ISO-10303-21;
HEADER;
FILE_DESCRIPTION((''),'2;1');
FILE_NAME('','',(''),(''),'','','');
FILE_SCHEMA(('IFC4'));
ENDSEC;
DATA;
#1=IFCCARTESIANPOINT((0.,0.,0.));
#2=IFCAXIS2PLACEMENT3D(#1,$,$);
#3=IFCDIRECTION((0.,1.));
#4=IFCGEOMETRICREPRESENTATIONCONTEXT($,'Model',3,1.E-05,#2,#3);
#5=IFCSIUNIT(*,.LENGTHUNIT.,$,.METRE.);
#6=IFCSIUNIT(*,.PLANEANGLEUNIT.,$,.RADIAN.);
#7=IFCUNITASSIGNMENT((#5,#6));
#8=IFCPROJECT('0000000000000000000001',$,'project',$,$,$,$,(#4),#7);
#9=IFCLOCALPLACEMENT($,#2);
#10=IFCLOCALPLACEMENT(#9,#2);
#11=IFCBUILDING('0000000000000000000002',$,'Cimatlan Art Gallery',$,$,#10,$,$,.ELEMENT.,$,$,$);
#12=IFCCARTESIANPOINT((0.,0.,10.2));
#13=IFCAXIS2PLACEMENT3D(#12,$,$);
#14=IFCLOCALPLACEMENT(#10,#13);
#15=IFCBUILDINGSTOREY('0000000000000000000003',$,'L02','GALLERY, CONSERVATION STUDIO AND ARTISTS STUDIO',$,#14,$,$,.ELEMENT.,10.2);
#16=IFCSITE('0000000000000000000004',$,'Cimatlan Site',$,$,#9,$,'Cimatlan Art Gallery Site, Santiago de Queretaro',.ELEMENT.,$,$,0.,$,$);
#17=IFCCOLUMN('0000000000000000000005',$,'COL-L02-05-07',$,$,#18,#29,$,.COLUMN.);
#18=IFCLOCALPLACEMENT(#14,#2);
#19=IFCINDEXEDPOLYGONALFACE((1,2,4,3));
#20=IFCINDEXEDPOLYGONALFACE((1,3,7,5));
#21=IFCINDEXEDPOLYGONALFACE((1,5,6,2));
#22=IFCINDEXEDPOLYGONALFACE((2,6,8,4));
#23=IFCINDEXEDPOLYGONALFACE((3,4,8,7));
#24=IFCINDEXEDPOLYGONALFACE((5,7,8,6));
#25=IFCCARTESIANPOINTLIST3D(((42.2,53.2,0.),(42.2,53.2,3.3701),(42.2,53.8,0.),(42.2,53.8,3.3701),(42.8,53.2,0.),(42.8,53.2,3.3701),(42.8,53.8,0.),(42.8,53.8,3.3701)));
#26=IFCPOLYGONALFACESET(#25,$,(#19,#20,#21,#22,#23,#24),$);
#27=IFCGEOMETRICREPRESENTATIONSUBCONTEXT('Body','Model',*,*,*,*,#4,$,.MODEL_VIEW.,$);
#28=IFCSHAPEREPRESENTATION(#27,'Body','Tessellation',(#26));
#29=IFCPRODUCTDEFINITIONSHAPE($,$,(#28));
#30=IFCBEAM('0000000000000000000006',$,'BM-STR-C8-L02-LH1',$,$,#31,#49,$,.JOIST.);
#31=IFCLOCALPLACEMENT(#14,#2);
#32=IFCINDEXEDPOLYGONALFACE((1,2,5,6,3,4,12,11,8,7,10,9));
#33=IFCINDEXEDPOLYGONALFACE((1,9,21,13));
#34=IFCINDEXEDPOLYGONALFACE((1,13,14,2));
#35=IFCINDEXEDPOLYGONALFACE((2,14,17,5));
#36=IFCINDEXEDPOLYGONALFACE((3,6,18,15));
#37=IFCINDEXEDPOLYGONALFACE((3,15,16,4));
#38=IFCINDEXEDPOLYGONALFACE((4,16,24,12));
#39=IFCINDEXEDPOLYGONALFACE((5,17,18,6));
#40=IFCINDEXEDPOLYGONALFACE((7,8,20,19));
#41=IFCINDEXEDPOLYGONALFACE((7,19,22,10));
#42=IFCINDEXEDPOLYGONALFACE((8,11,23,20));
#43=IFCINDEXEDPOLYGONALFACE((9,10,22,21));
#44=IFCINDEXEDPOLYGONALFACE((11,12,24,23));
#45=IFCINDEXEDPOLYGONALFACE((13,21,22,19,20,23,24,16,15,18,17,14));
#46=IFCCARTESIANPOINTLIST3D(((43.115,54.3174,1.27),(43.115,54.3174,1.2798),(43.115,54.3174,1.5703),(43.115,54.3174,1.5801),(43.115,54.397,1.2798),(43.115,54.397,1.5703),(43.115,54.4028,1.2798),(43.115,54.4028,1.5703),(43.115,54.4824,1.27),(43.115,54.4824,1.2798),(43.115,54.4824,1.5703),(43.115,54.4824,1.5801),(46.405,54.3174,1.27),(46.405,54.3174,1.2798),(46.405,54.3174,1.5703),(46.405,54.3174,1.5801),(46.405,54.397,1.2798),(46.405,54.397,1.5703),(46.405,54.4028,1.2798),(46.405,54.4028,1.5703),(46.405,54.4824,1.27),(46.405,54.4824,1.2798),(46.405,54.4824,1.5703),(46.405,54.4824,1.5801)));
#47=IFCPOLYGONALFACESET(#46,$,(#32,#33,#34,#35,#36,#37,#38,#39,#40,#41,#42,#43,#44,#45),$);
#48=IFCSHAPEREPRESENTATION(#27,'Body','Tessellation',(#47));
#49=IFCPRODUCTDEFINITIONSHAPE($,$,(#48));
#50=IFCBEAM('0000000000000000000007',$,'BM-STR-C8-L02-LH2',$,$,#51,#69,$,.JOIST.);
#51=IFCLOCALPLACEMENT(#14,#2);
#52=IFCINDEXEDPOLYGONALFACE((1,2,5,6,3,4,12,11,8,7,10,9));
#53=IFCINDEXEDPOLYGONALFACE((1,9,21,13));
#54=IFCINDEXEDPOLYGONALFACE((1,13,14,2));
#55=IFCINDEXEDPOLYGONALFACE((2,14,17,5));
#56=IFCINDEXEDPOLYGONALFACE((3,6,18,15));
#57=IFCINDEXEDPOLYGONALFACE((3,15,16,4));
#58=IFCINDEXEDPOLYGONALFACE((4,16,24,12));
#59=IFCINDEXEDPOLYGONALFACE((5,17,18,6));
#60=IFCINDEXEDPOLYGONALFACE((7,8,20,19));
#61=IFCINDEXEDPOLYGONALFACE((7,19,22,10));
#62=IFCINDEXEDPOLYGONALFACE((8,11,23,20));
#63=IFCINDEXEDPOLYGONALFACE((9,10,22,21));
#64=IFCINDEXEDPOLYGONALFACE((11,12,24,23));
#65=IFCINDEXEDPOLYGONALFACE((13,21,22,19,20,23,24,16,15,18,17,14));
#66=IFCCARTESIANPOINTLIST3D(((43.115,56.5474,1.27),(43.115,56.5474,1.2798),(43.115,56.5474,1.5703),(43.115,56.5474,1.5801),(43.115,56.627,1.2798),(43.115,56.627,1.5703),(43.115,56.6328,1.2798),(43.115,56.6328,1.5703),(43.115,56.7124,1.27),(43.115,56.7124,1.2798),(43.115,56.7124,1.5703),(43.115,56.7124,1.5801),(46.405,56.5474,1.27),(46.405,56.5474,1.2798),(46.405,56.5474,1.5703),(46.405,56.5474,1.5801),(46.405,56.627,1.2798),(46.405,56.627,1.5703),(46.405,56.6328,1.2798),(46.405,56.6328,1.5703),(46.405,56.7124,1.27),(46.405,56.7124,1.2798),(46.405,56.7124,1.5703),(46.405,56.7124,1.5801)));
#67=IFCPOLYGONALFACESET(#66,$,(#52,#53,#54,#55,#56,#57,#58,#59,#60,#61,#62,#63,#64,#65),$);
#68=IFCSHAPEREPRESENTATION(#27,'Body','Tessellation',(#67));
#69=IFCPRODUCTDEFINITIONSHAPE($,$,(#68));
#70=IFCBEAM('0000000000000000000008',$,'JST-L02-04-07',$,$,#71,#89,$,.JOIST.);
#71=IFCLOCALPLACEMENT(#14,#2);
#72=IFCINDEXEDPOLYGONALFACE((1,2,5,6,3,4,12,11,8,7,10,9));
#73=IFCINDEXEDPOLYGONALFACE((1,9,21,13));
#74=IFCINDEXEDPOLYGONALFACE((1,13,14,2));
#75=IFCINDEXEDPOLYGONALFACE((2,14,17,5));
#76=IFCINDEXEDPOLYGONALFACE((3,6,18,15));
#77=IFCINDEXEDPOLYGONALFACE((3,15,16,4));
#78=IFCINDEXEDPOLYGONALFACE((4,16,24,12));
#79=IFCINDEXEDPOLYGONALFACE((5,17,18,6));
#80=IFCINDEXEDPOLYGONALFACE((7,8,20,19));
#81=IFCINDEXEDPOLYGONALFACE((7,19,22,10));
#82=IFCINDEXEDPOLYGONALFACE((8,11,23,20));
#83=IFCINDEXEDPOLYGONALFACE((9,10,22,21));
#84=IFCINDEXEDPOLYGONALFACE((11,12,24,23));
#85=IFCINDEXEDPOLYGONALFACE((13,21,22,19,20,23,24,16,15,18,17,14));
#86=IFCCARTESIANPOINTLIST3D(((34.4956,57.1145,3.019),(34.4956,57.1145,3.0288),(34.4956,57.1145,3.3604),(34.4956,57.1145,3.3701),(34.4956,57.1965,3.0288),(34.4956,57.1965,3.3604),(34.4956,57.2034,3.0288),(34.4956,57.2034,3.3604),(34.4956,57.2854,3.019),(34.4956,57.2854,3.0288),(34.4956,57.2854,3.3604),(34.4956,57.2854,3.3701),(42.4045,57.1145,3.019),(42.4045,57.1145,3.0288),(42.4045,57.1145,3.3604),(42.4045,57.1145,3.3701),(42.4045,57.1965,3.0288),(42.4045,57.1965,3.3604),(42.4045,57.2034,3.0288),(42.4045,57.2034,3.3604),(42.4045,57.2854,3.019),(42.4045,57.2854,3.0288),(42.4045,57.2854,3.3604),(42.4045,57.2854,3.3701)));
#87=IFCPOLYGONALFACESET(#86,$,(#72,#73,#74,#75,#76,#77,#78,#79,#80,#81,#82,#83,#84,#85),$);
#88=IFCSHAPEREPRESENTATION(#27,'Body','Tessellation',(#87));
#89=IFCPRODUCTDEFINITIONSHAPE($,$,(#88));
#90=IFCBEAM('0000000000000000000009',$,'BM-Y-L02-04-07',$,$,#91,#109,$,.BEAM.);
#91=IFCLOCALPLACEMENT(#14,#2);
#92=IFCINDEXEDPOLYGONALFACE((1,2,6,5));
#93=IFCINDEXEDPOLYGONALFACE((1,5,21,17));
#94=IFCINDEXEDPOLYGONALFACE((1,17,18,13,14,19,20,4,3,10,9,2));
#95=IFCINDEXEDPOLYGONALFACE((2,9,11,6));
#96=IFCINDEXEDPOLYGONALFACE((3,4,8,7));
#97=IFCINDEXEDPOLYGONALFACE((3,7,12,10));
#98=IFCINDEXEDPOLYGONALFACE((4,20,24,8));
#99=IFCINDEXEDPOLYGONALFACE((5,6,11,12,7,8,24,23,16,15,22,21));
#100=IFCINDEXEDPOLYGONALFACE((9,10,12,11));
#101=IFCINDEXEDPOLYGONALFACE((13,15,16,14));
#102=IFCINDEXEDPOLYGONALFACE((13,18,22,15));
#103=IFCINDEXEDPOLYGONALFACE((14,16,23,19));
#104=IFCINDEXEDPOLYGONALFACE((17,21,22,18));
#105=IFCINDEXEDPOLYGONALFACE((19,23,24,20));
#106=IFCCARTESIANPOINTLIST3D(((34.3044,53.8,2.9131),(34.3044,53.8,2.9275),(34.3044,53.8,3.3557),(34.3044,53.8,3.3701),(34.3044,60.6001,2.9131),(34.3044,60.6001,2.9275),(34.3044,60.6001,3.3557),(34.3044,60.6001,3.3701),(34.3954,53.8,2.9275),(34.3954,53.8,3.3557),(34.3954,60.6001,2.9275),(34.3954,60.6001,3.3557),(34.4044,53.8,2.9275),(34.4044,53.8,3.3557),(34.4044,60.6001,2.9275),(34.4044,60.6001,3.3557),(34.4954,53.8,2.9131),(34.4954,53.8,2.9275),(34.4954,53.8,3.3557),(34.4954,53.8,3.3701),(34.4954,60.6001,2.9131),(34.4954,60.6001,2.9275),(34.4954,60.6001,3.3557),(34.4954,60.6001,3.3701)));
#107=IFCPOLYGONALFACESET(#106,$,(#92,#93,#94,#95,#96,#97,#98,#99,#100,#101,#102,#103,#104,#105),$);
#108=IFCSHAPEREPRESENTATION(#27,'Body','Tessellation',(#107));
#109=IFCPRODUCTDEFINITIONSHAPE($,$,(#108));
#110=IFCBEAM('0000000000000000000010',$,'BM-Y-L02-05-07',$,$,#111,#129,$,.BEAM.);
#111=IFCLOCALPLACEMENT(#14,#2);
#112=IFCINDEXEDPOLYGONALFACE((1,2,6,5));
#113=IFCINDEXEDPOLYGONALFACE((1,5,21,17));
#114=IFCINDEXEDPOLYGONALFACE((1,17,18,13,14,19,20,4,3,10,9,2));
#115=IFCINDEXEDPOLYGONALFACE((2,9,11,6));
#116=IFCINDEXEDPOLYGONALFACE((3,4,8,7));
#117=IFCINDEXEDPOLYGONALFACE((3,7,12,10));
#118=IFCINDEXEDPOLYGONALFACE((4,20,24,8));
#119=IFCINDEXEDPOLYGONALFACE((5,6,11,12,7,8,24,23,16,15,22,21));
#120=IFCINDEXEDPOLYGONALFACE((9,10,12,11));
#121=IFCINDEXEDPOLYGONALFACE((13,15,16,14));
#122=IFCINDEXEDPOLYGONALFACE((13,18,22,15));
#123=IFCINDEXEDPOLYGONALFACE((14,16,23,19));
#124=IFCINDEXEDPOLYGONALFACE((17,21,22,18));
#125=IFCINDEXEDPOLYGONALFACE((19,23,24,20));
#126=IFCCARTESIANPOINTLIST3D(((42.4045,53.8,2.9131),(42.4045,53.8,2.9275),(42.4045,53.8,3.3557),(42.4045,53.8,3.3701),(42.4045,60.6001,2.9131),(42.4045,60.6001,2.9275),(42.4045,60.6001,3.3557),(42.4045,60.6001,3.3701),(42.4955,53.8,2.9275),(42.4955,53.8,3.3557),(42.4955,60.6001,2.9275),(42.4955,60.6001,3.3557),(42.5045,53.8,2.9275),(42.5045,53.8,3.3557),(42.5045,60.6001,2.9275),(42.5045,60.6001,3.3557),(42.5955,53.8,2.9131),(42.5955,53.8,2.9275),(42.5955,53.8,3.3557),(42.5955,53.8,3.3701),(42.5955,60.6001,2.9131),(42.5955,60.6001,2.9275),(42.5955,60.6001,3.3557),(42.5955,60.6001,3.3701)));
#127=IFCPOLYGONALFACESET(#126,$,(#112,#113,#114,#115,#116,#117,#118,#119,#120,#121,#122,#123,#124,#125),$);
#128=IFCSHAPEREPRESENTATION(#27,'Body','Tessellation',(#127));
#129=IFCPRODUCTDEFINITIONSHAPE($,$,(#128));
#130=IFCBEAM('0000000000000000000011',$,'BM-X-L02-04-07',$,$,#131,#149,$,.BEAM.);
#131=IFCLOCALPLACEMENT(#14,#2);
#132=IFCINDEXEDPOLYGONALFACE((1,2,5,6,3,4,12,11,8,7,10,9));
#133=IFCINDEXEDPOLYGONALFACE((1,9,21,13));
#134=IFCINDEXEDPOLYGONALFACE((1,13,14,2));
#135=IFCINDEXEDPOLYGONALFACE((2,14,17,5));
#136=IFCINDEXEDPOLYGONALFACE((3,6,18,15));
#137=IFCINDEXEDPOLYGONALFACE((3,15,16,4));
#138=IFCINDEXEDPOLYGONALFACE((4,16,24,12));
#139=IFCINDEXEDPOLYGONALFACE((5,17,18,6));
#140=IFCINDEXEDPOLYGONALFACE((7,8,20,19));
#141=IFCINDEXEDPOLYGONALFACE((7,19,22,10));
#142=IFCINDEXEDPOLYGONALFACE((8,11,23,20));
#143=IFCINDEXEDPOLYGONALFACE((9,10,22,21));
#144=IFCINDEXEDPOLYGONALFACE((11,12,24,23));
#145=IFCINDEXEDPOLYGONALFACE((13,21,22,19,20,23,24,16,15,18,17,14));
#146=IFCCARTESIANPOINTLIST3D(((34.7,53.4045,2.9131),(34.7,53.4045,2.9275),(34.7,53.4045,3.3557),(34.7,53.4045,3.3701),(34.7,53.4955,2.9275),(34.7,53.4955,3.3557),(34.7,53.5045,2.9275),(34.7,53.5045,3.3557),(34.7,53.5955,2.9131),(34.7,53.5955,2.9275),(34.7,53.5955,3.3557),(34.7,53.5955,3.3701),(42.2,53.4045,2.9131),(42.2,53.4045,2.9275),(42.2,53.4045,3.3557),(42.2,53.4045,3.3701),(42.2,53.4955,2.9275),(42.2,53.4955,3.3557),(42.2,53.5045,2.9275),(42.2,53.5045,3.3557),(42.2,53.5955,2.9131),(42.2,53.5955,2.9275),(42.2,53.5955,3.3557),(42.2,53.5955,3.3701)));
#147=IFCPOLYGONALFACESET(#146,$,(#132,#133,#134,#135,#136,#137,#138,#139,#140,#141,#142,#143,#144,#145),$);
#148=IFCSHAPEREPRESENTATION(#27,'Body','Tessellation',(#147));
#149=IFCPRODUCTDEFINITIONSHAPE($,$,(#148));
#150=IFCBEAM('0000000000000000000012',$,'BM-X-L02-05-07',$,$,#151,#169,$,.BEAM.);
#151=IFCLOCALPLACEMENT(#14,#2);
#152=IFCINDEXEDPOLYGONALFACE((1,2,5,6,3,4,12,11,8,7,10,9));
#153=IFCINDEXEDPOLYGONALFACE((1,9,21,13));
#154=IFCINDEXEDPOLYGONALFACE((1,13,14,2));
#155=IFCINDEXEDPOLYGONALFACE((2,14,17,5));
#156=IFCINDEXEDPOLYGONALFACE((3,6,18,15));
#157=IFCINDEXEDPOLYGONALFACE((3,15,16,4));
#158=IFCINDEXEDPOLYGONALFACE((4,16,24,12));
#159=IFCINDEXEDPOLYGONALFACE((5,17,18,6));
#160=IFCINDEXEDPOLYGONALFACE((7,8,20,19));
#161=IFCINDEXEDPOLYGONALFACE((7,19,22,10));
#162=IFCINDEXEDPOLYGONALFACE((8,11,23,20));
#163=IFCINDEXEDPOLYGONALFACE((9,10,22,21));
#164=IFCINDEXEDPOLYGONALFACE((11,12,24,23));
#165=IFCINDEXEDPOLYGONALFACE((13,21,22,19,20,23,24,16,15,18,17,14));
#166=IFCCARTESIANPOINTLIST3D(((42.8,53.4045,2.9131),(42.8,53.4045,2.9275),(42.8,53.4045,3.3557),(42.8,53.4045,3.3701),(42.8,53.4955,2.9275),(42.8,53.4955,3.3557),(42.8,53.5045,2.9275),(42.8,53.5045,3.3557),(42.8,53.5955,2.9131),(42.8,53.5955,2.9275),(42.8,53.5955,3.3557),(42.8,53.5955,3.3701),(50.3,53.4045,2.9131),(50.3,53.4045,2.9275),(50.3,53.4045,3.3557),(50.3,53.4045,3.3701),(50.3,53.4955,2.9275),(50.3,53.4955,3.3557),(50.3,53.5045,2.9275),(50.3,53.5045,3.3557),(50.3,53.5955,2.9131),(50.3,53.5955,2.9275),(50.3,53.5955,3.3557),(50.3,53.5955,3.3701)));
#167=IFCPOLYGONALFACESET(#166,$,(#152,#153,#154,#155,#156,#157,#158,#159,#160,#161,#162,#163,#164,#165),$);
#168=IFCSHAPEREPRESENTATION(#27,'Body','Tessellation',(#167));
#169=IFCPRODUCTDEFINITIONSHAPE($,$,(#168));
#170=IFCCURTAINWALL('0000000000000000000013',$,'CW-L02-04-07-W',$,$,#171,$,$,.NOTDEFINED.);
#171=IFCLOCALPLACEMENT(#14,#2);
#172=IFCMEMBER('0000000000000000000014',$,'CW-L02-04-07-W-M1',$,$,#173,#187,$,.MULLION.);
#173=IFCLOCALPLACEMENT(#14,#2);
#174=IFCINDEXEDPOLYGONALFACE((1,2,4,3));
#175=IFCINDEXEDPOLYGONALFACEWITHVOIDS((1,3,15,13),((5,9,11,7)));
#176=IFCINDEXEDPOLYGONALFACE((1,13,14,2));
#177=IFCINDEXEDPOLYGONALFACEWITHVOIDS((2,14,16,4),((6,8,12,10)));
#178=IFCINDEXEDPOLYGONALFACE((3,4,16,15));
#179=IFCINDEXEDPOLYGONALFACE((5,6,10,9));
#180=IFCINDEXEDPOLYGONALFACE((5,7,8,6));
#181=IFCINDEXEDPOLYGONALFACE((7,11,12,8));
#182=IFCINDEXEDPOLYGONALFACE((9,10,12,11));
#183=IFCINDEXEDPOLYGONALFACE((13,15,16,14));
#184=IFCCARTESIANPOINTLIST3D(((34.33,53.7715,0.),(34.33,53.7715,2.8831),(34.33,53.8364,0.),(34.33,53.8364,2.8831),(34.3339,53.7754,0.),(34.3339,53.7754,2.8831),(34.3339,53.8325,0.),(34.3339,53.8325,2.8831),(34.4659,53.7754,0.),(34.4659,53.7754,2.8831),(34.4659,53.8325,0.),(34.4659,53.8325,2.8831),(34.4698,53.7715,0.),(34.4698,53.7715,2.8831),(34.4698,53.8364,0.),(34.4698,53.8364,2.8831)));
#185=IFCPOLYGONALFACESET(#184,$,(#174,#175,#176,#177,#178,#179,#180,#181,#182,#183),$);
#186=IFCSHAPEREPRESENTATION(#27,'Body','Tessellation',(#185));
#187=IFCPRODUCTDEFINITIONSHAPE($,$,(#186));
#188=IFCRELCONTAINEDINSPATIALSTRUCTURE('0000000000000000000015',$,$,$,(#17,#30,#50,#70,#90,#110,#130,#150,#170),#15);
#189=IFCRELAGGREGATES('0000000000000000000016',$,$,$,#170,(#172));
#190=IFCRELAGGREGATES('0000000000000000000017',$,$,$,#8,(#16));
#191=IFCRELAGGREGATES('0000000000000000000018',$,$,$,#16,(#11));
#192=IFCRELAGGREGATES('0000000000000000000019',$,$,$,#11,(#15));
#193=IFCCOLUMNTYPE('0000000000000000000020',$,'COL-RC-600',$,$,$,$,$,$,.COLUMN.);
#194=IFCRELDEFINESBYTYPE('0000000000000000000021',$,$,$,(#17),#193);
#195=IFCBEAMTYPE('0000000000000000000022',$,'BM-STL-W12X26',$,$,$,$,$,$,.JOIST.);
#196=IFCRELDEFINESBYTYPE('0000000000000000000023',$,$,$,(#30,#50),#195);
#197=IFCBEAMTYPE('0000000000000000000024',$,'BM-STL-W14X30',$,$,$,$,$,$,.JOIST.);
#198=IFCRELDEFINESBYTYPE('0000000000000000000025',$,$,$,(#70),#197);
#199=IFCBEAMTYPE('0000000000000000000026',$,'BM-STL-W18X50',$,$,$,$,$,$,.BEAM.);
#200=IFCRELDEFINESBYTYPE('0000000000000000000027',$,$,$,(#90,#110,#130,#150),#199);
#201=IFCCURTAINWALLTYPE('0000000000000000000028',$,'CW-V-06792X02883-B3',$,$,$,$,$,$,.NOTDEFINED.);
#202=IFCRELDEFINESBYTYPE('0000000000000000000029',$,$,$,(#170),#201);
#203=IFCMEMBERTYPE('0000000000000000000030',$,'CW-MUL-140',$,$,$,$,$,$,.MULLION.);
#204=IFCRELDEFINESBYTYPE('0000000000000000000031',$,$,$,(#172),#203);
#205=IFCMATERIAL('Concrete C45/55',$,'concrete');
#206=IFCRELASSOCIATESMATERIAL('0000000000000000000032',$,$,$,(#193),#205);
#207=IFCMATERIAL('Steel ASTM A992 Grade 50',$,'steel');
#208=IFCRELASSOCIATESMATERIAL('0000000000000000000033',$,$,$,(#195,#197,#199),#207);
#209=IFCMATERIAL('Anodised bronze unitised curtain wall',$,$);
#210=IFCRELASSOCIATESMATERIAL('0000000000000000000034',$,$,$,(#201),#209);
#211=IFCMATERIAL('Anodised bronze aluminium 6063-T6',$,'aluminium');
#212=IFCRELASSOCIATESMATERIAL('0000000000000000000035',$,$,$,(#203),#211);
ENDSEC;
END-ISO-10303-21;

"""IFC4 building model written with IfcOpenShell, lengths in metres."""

from ifc_helpers import new_model, si_unit, direction, frame, origin, origin_2d, place, context, subcontext, project, spatial, rectangle, hollow_rectangle, i_section, extrude, material, material_profile, profile_set, type_object, element, aggregate, save


model = new_model("IFC4")

# Units and contexts
model_context = context("Model", 3, precision=1e-05, world=origin(), true_north=direction((0.0, 1.0)))
body_context = subcontext(model_context, "Body", "Model", "MODEL_VIEW")
ifc_project = project(units=[si_unit("LENGTHUNIT", "METRE"), si_unit("PLANEANGLEUNIT", "RADIAN")], contexts=[model_context])

# Site, building, storey
site_placement = place(None, origin())
site = spatial("IfcSite", under=ifc_project, at=site_placement, Name="Cimatlan Site", LongName="Cimatlan Art Gallery Site, Santiago de Queretaro", CompositionType="ELEMENT", RefElevation=0.0)
building_placement = place(site_placement, origin())
building = spatial("IfcBuilding", under=site, at=building_placement, Name="Cimatlan Art Gallery", CompositionType="ELEMENT")
storey_placement = place(building_placement, frame((0.0, 0.0, 10.2)))
storey = spatial("IfcBuildingStorey", under=building, at=storey_placement, Name="L02", Description="GALLERY, CONSERVATION STUDIO AND ARTISTS STUDIO", CompositionType="ELEMENT", Elevation=10.2)

# Column
ifc_material_1 = material(Name="Concrete C45/55", Category="concrete")
ifc_material_profile_1 = material_profile(ifc_material_1, rectangle(XDim=0.6001, YDim=0.6001, at=origin_2d()), Name="RC600X600")
ifc_profile_set_1 = profile_set([ifc_material_profile_1], Name="Concrete C45/55")
column_type = type_object("IfcColumnType", Name="COL-RC-600", PredefinedType="COLUMN", material=ifc_profile_set_1)
column_placement = place(storey_placement, frame((42.5, 53.5, 0.0), z_axis=(0.0, 0.0, 1.0), x_axis=(1.0, 0.0, 0.0)))
element("IfcColumn", 1, at=column_placement, inside=storey, type_object=column_type, Name="COL-L02-05-07", PredefinedType="COLUMN", context=body_context, shape_type="SweptSolid", body=[
    extrude(rectangle(XDim=0.6001, YDim=0.6001, at=origin_2d()), origin(), (0.0, 0.0, 1.0), 3.3701),
])

# Beams
ifc_material_2 = material(Name="Steel ASTM A992 Grade 50", Category="steel")
ifc_material_profile_2 = material_profile(ifc_material_2, i_section(OverallWidth=0.165, OverallDepth=0.3101, WebThickness=0.0059, FlangeThickness=0.0098, at=origin_2d()), Name="W12X26")
ifc_profile_set_2 = profile_set([ifc_material_profile_2], Name="Steel ASTM A992 Grade 50")
beam_type_1 = type_object("IfcBeamType", Name="BM-STL-W12X26", PredefinedType="JOIST", material=ifc_profile_set_2)
for number, where, z_axis, x_axis, name in (
    (2, (43.115, 54.3999, 1.425), (1.0, 0.0, 0.0), (0.0, 1.0, 0.0), "BM-STR-C8-L02-LH1"),
    (3, (43.115, 56.6299, 1.425), (1.0, 0.0, 0.0), (0.0, 1.0, 0.0), "BM-STR-C8-L02-LH2"),
):
    element("IfcBeam", number, at=place(storey_placement, frame(where, z_axis=z_axis, x_axis=x_axis)), inside=storey, type_object=beam_type_1, Name=name, PredefinedType="JOIST", context=body_context, shape_type="SweptSolid", body=[
        extrude(i_section(OverallWidth=0.165, OverallDepth=0.3101, WebThickness=0.0059, FlangeThickness=0.0098, at=origin_2d()), origin(), (0.0, 0.0, 1.0), 3.29),
    ])
ifc_material_profile_3 = material_profile(ifc_material_2, i_section(OverallWidth=0.1709, OverallDepth=0.3511, WebThickness=0.0068, FlangeThickness=0.0098, at=origin_2d()), Name="W14X30")
ifc_profile_set_3 = profile_set([ifc_material_profile_3], Name="Steel ASTM A992 Grade 50")
beam_type_2 = type_object("IfcBeamType", Name="BM-STL-W14X30", PredefinedType="JOIST", material=ifc_profile_set_3)
beam_placement = place(storey_placement, frame((34.4956, 57.2, 3.1946), z_axis=(1.0, 0.0, 0.0), x_axis=(0.0, 1.0, 0.0)))
element("IfcBeam", 4, at=beam_placement, inside=storey, type_object=beam_type_2, Name="JST-L02-04-07", PredefinedType="JOIST", context=body_context, shape_type="SweptSolid", body=[
    extrude(i_section(OverallWidth=0.1709, OverallDepth=0.3511, WebThickness=0.0068, FlangeThickness=0.0098, at=origin_2d()), origin(), (0.0, 0.0, 1.0), 7.9089),
])
ifc_material_profile_4 = material_profile(ifc_material_2, i_section(OverallWidth=0.1909, OverallDepth=0.457, WebThickness=0.009, FlangeThickness=0.0144, at=origin_2d()), Name="W18X50")
ifc_profile_set_4 = profile_set([ifc_material_profile_4], Name="Steel ASTM A992 Grade 50")
beam_type_3 = type_object("IfcBeamType", Name="BM-STL-W18X50", PredefinedType="BEAM", material=ifc_profile_set_4)
for number, where, z_axis, x_axis, name in (
    (5, (34.3999, 53.8, 3.1416), (0.0, 1.0, 0.0), (-1.0, 0.0, 0.0), "BM-Y-L02-04-07"),
    (6, (42.5, 53.8, 3.1416), (0.0, 1.0, 0.0), (-1.0, 0.0, 0.0), "BM-Y-L02-05-07"),
):
    element("IfcBeam", number, at=place(storey_placement, frame(where, z_axis=z_axis, x_axis=x_axis)), inside=storey, type_object=beam_type_3, Name=name, PredefinedType="BEAM", context=body_context, shape_type="SweptSolid", body=[
        extrude(i_section(OverallWidth=0.1909, OverallDepth=0.457, WebThickness=0.009, FlangeThickness=0.0144, at=origin_2d()), origin(), (0.0, 0.0, 1.0), 6.8),
    ])
for number, where, z_axis, x_axis, name in (
    (7, (34.7, 53.5, 3.1416), (1.0, 0.0, 0.0), (0.0, 1.0, 0.0), "BM-X-L02-04-07"),
    (8, (42.8, 53.5, 3.1416), (1.0, 0.0, 0.0), (0.0, 1.0, 0.0), "BM-X-L02-05-07"),
):
    element("IfcBeam", number, at=place(storey_placement, frame(where, z_axis=z_axis, x_axis=x_axis)), inside=storey, type_object=beam_type_3, Name=name, PredefinedType="BEAM", context=body_context, shape_type="SweptSolid", body=[
        extrude(i_section(OverallWidth=0.1909, OverallDepth=0.457, WebThickness=0.009, FlangeThickness=0.0144, at=origin_2d()), origin(), (0.0, 0.0, 1.0), 7.5),
    ])

# Curtain wall, member
ifc_material_3 = material(Name="Anodised bronze unitised curtain wall")
curtain_wall_type = type_object("IfcCurtainWallType", Name="CW-V-06792X02883-B3", PredefinedType="NOTDEFINED", material=ifc_material_3)
curtain_wall_placement = place(storey_placement, origin())
curtain_wall = element("IfcCurtainWall", 9, at=curtain_wall_placement, inside=storey, type_object=curtain_wall_type, Name="CW-L02-04-07-W", PredefinedType="NOTDEFINED")
ifc_material_4 = material(Name="Anodised bronze aluminium 6063-T6", Category="aluminium")
ifc_material_profile_5 = material_profile(ifc_material_4, hollow_rectangle(XDim=0.0649, YDim=0.1399, WallThickness=0.0039, at=origin_2d()), Name="ALU65X140X4")
ifc_profile_set_5 = profile_set([ifc_material_profile_5], Name="Anodised bronze aluminium 6063-T6")
member_type_1 = type_object("IfcMemberType", Name="CW-MUL-140", PredefinedType="MULLION", material=ifc_profile_set_5)
member_1_placement = place(storey_placement, frame((34.3999, 53.804, 0.0), z_axis=(0.0, 0.0, 1.0), x_axis=(0.0, 1.0, 0.0)))
member_1 = element("IfcMember", 10, at=member_1_placement, type_object=member_type_1, Name="CW-L02-04-07-W-M1", PredefinedType="MULLION", context=body_context, shape_type="SweptSolid", body=[
    extrude(hollow_rectangle(XDim=0.0649, YDim=0.1399, WallThickness=0.0039, at=origin_2d()), origin(), (0.0, 0.0, 1.0), 2.8831),
])
aggregate(curtain_wall, [member_1])

save(model, "model.ifc")
